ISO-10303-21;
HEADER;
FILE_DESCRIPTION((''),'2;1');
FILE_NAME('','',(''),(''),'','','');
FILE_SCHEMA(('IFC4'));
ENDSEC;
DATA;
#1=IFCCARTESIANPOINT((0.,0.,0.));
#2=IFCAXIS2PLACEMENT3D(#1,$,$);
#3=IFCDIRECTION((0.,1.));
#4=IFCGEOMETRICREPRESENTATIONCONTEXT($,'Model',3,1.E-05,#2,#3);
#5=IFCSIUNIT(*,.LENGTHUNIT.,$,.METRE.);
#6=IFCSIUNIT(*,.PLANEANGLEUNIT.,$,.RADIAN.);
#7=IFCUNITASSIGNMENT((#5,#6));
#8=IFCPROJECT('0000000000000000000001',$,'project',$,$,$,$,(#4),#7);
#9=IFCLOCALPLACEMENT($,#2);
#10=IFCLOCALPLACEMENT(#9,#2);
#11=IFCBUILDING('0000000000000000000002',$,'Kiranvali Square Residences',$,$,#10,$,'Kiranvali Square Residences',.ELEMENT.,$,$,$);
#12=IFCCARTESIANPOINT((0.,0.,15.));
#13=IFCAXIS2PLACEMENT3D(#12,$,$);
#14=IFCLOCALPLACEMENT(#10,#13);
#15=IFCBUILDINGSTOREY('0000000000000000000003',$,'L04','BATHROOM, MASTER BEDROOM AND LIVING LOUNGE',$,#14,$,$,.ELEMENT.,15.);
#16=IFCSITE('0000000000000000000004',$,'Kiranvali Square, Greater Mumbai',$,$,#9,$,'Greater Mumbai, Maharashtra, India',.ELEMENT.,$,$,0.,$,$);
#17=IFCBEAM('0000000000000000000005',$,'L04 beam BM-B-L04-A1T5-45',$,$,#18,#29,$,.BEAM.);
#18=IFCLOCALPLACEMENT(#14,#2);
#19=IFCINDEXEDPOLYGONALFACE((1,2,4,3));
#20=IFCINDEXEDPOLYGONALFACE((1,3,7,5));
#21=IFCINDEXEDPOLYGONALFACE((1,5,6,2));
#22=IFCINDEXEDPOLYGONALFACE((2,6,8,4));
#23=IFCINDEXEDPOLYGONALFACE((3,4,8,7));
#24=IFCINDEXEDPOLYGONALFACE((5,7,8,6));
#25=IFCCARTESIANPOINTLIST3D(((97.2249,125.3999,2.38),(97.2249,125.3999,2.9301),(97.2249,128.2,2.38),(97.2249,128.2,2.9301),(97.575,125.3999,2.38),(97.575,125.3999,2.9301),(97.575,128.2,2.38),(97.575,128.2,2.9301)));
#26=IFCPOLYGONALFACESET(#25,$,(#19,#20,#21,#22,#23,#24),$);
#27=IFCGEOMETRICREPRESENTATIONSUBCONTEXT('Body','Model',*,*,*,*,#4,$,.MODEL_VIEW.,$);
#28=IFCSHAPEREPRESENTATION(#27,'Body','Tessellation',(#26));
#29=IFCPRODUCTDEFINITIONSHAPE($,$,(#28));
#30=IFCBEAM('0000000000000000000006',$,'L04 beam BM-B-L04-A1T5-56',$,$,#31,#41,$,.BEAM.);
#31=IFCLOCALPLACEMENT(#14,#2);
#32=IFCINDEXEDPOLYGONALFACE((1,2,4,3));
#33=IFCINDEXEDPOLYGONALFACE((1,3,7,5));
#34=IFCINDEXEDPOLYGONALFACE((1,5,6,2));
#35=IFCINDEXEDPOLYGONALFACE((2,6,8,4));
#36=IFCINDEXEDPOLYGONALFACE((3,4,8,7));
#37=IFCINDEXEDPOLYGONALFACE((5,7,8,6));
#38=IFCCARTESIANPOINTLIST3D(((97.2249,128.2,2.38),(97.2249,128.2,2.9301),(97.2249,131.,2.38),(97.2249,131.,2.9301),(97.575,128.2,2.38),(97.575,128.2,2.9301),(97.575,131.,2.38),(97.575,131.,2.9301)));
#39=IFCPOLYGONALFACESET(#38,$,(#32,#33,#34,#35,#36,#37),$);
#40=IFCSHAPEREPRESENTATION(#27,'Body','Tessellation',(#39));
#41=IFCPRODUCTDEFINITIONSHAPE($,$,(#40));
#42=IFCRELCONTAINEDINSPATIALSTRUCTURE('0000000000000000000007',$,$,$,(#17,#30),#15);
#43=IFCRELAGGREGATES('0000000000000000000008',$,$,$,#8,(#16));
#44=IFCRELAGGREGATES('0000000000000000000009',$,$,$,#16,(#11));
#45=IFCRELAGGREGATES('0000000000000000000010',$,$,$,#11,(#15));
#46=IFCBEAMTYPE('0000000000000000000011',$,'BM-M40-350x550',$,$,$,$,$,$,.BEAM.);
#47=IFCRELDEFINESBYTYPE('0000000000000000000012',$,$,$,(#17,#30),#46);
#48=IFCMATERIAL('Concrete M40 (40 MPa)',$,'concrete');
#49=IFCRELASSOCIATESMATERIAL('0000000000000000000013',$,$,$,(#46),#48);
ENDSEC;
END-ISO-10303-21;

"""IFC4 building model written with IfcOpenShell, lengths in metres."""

from ifc_helpers import new_model, si_unit, direction, frame, origin, origin_2d, place, context, subcontext, project, spatial, rectangle, extrude, material, material_profile, profile_set, type_object, element, save


model = new_model("IFC4")

# Units and contexts
model_context = context("Model", 3, precision=1e-05, world=origin(), true_north=direction((0.0, 1.0)))
body_context = subcontext(model_context, "Body", "Model", "MODEL_VIEW")
ifc_project = project(units=[si_unit("LENGTHUNIT", "METRE"), si_unit("PLANEANGLEUNIT", "RADIAN")], contexts=[model_context])

# Site, building, storey
site_placement = place(None, origin())
site = spatial("IfcSite", under=ifc_project, at=site_placement, Name="Kiranvali Square, Greater Mumbai", LongName="Greater Mumbai, Maharashtra, India", CompositionType="ELEMENT", RefElevation=0.0)
building_placement = place(site_placement, origin())
building = spatial("IfcBuilding", under=site, at=building_placement, Name="Kiranvali Square Residences", LongName="Kiranvali Square Residences", CompositionType="ELEMENT")
storey_placement = place(building_placement, frame((0.0, 0.0, 15.0)))
storey = spatial("IfcBuildingStorey", under=building, at=storey_placement, Name="L04", Description="BATHROOM, MASTER BEDROOM AND LIVING LOUNGE", CompositionType="ELEMENT", Elevation=15.0)

# Beams
ifc_material_1 = material(Name="Concrete M40 (40 MPa)", Category="concrete")
ifc_material_profile_1 = material_profile(ifc_material_1, rectangle(XDim=0.3501, YDim=0.55, at=origin_2d()), Name="RC 350x550")
ifc_profile_set_1 = profile_set([ifc_material_profile_1], Name="Concrete M40 (40 MPa)")
beam_type = type_object("IfcBeamType", Name="BM-M40-350x550", PredefinedType="BEAM", material=ifc_profile_set_1)
for number, where, z_axis, x_axis, name in (
    (1, (97.3999, 125.3999, 2.655), (0.0, 1.0, 0.0), (-1.0, 0.0, 0.0), "L04 beam BM-B-L04-A1T5-45"),
    (2, (97.3999, 128.2, 2.655), (0.0, 1.0, 0.0), (-1.0, 0.0, 0.0), "L04 beam BM-B-L04-A1T5-56"),
):
    element("IfcBeam", number, at=place(storey_placement, frame(where, z_axis=z_axis, x_axis=x_axis)), inside=storey, type_object=beam_type, Name=name, PredefinedType="BEAM", context=body_context, shape_type="SweptSolid", body=[
        extrude(rectangle(XDim=0.3501, YDim=0.55, at=origin_2d()), origin(), (0.0, 0.0, 1.0), 2.8),
    ])

save(model, "model.ifc")
